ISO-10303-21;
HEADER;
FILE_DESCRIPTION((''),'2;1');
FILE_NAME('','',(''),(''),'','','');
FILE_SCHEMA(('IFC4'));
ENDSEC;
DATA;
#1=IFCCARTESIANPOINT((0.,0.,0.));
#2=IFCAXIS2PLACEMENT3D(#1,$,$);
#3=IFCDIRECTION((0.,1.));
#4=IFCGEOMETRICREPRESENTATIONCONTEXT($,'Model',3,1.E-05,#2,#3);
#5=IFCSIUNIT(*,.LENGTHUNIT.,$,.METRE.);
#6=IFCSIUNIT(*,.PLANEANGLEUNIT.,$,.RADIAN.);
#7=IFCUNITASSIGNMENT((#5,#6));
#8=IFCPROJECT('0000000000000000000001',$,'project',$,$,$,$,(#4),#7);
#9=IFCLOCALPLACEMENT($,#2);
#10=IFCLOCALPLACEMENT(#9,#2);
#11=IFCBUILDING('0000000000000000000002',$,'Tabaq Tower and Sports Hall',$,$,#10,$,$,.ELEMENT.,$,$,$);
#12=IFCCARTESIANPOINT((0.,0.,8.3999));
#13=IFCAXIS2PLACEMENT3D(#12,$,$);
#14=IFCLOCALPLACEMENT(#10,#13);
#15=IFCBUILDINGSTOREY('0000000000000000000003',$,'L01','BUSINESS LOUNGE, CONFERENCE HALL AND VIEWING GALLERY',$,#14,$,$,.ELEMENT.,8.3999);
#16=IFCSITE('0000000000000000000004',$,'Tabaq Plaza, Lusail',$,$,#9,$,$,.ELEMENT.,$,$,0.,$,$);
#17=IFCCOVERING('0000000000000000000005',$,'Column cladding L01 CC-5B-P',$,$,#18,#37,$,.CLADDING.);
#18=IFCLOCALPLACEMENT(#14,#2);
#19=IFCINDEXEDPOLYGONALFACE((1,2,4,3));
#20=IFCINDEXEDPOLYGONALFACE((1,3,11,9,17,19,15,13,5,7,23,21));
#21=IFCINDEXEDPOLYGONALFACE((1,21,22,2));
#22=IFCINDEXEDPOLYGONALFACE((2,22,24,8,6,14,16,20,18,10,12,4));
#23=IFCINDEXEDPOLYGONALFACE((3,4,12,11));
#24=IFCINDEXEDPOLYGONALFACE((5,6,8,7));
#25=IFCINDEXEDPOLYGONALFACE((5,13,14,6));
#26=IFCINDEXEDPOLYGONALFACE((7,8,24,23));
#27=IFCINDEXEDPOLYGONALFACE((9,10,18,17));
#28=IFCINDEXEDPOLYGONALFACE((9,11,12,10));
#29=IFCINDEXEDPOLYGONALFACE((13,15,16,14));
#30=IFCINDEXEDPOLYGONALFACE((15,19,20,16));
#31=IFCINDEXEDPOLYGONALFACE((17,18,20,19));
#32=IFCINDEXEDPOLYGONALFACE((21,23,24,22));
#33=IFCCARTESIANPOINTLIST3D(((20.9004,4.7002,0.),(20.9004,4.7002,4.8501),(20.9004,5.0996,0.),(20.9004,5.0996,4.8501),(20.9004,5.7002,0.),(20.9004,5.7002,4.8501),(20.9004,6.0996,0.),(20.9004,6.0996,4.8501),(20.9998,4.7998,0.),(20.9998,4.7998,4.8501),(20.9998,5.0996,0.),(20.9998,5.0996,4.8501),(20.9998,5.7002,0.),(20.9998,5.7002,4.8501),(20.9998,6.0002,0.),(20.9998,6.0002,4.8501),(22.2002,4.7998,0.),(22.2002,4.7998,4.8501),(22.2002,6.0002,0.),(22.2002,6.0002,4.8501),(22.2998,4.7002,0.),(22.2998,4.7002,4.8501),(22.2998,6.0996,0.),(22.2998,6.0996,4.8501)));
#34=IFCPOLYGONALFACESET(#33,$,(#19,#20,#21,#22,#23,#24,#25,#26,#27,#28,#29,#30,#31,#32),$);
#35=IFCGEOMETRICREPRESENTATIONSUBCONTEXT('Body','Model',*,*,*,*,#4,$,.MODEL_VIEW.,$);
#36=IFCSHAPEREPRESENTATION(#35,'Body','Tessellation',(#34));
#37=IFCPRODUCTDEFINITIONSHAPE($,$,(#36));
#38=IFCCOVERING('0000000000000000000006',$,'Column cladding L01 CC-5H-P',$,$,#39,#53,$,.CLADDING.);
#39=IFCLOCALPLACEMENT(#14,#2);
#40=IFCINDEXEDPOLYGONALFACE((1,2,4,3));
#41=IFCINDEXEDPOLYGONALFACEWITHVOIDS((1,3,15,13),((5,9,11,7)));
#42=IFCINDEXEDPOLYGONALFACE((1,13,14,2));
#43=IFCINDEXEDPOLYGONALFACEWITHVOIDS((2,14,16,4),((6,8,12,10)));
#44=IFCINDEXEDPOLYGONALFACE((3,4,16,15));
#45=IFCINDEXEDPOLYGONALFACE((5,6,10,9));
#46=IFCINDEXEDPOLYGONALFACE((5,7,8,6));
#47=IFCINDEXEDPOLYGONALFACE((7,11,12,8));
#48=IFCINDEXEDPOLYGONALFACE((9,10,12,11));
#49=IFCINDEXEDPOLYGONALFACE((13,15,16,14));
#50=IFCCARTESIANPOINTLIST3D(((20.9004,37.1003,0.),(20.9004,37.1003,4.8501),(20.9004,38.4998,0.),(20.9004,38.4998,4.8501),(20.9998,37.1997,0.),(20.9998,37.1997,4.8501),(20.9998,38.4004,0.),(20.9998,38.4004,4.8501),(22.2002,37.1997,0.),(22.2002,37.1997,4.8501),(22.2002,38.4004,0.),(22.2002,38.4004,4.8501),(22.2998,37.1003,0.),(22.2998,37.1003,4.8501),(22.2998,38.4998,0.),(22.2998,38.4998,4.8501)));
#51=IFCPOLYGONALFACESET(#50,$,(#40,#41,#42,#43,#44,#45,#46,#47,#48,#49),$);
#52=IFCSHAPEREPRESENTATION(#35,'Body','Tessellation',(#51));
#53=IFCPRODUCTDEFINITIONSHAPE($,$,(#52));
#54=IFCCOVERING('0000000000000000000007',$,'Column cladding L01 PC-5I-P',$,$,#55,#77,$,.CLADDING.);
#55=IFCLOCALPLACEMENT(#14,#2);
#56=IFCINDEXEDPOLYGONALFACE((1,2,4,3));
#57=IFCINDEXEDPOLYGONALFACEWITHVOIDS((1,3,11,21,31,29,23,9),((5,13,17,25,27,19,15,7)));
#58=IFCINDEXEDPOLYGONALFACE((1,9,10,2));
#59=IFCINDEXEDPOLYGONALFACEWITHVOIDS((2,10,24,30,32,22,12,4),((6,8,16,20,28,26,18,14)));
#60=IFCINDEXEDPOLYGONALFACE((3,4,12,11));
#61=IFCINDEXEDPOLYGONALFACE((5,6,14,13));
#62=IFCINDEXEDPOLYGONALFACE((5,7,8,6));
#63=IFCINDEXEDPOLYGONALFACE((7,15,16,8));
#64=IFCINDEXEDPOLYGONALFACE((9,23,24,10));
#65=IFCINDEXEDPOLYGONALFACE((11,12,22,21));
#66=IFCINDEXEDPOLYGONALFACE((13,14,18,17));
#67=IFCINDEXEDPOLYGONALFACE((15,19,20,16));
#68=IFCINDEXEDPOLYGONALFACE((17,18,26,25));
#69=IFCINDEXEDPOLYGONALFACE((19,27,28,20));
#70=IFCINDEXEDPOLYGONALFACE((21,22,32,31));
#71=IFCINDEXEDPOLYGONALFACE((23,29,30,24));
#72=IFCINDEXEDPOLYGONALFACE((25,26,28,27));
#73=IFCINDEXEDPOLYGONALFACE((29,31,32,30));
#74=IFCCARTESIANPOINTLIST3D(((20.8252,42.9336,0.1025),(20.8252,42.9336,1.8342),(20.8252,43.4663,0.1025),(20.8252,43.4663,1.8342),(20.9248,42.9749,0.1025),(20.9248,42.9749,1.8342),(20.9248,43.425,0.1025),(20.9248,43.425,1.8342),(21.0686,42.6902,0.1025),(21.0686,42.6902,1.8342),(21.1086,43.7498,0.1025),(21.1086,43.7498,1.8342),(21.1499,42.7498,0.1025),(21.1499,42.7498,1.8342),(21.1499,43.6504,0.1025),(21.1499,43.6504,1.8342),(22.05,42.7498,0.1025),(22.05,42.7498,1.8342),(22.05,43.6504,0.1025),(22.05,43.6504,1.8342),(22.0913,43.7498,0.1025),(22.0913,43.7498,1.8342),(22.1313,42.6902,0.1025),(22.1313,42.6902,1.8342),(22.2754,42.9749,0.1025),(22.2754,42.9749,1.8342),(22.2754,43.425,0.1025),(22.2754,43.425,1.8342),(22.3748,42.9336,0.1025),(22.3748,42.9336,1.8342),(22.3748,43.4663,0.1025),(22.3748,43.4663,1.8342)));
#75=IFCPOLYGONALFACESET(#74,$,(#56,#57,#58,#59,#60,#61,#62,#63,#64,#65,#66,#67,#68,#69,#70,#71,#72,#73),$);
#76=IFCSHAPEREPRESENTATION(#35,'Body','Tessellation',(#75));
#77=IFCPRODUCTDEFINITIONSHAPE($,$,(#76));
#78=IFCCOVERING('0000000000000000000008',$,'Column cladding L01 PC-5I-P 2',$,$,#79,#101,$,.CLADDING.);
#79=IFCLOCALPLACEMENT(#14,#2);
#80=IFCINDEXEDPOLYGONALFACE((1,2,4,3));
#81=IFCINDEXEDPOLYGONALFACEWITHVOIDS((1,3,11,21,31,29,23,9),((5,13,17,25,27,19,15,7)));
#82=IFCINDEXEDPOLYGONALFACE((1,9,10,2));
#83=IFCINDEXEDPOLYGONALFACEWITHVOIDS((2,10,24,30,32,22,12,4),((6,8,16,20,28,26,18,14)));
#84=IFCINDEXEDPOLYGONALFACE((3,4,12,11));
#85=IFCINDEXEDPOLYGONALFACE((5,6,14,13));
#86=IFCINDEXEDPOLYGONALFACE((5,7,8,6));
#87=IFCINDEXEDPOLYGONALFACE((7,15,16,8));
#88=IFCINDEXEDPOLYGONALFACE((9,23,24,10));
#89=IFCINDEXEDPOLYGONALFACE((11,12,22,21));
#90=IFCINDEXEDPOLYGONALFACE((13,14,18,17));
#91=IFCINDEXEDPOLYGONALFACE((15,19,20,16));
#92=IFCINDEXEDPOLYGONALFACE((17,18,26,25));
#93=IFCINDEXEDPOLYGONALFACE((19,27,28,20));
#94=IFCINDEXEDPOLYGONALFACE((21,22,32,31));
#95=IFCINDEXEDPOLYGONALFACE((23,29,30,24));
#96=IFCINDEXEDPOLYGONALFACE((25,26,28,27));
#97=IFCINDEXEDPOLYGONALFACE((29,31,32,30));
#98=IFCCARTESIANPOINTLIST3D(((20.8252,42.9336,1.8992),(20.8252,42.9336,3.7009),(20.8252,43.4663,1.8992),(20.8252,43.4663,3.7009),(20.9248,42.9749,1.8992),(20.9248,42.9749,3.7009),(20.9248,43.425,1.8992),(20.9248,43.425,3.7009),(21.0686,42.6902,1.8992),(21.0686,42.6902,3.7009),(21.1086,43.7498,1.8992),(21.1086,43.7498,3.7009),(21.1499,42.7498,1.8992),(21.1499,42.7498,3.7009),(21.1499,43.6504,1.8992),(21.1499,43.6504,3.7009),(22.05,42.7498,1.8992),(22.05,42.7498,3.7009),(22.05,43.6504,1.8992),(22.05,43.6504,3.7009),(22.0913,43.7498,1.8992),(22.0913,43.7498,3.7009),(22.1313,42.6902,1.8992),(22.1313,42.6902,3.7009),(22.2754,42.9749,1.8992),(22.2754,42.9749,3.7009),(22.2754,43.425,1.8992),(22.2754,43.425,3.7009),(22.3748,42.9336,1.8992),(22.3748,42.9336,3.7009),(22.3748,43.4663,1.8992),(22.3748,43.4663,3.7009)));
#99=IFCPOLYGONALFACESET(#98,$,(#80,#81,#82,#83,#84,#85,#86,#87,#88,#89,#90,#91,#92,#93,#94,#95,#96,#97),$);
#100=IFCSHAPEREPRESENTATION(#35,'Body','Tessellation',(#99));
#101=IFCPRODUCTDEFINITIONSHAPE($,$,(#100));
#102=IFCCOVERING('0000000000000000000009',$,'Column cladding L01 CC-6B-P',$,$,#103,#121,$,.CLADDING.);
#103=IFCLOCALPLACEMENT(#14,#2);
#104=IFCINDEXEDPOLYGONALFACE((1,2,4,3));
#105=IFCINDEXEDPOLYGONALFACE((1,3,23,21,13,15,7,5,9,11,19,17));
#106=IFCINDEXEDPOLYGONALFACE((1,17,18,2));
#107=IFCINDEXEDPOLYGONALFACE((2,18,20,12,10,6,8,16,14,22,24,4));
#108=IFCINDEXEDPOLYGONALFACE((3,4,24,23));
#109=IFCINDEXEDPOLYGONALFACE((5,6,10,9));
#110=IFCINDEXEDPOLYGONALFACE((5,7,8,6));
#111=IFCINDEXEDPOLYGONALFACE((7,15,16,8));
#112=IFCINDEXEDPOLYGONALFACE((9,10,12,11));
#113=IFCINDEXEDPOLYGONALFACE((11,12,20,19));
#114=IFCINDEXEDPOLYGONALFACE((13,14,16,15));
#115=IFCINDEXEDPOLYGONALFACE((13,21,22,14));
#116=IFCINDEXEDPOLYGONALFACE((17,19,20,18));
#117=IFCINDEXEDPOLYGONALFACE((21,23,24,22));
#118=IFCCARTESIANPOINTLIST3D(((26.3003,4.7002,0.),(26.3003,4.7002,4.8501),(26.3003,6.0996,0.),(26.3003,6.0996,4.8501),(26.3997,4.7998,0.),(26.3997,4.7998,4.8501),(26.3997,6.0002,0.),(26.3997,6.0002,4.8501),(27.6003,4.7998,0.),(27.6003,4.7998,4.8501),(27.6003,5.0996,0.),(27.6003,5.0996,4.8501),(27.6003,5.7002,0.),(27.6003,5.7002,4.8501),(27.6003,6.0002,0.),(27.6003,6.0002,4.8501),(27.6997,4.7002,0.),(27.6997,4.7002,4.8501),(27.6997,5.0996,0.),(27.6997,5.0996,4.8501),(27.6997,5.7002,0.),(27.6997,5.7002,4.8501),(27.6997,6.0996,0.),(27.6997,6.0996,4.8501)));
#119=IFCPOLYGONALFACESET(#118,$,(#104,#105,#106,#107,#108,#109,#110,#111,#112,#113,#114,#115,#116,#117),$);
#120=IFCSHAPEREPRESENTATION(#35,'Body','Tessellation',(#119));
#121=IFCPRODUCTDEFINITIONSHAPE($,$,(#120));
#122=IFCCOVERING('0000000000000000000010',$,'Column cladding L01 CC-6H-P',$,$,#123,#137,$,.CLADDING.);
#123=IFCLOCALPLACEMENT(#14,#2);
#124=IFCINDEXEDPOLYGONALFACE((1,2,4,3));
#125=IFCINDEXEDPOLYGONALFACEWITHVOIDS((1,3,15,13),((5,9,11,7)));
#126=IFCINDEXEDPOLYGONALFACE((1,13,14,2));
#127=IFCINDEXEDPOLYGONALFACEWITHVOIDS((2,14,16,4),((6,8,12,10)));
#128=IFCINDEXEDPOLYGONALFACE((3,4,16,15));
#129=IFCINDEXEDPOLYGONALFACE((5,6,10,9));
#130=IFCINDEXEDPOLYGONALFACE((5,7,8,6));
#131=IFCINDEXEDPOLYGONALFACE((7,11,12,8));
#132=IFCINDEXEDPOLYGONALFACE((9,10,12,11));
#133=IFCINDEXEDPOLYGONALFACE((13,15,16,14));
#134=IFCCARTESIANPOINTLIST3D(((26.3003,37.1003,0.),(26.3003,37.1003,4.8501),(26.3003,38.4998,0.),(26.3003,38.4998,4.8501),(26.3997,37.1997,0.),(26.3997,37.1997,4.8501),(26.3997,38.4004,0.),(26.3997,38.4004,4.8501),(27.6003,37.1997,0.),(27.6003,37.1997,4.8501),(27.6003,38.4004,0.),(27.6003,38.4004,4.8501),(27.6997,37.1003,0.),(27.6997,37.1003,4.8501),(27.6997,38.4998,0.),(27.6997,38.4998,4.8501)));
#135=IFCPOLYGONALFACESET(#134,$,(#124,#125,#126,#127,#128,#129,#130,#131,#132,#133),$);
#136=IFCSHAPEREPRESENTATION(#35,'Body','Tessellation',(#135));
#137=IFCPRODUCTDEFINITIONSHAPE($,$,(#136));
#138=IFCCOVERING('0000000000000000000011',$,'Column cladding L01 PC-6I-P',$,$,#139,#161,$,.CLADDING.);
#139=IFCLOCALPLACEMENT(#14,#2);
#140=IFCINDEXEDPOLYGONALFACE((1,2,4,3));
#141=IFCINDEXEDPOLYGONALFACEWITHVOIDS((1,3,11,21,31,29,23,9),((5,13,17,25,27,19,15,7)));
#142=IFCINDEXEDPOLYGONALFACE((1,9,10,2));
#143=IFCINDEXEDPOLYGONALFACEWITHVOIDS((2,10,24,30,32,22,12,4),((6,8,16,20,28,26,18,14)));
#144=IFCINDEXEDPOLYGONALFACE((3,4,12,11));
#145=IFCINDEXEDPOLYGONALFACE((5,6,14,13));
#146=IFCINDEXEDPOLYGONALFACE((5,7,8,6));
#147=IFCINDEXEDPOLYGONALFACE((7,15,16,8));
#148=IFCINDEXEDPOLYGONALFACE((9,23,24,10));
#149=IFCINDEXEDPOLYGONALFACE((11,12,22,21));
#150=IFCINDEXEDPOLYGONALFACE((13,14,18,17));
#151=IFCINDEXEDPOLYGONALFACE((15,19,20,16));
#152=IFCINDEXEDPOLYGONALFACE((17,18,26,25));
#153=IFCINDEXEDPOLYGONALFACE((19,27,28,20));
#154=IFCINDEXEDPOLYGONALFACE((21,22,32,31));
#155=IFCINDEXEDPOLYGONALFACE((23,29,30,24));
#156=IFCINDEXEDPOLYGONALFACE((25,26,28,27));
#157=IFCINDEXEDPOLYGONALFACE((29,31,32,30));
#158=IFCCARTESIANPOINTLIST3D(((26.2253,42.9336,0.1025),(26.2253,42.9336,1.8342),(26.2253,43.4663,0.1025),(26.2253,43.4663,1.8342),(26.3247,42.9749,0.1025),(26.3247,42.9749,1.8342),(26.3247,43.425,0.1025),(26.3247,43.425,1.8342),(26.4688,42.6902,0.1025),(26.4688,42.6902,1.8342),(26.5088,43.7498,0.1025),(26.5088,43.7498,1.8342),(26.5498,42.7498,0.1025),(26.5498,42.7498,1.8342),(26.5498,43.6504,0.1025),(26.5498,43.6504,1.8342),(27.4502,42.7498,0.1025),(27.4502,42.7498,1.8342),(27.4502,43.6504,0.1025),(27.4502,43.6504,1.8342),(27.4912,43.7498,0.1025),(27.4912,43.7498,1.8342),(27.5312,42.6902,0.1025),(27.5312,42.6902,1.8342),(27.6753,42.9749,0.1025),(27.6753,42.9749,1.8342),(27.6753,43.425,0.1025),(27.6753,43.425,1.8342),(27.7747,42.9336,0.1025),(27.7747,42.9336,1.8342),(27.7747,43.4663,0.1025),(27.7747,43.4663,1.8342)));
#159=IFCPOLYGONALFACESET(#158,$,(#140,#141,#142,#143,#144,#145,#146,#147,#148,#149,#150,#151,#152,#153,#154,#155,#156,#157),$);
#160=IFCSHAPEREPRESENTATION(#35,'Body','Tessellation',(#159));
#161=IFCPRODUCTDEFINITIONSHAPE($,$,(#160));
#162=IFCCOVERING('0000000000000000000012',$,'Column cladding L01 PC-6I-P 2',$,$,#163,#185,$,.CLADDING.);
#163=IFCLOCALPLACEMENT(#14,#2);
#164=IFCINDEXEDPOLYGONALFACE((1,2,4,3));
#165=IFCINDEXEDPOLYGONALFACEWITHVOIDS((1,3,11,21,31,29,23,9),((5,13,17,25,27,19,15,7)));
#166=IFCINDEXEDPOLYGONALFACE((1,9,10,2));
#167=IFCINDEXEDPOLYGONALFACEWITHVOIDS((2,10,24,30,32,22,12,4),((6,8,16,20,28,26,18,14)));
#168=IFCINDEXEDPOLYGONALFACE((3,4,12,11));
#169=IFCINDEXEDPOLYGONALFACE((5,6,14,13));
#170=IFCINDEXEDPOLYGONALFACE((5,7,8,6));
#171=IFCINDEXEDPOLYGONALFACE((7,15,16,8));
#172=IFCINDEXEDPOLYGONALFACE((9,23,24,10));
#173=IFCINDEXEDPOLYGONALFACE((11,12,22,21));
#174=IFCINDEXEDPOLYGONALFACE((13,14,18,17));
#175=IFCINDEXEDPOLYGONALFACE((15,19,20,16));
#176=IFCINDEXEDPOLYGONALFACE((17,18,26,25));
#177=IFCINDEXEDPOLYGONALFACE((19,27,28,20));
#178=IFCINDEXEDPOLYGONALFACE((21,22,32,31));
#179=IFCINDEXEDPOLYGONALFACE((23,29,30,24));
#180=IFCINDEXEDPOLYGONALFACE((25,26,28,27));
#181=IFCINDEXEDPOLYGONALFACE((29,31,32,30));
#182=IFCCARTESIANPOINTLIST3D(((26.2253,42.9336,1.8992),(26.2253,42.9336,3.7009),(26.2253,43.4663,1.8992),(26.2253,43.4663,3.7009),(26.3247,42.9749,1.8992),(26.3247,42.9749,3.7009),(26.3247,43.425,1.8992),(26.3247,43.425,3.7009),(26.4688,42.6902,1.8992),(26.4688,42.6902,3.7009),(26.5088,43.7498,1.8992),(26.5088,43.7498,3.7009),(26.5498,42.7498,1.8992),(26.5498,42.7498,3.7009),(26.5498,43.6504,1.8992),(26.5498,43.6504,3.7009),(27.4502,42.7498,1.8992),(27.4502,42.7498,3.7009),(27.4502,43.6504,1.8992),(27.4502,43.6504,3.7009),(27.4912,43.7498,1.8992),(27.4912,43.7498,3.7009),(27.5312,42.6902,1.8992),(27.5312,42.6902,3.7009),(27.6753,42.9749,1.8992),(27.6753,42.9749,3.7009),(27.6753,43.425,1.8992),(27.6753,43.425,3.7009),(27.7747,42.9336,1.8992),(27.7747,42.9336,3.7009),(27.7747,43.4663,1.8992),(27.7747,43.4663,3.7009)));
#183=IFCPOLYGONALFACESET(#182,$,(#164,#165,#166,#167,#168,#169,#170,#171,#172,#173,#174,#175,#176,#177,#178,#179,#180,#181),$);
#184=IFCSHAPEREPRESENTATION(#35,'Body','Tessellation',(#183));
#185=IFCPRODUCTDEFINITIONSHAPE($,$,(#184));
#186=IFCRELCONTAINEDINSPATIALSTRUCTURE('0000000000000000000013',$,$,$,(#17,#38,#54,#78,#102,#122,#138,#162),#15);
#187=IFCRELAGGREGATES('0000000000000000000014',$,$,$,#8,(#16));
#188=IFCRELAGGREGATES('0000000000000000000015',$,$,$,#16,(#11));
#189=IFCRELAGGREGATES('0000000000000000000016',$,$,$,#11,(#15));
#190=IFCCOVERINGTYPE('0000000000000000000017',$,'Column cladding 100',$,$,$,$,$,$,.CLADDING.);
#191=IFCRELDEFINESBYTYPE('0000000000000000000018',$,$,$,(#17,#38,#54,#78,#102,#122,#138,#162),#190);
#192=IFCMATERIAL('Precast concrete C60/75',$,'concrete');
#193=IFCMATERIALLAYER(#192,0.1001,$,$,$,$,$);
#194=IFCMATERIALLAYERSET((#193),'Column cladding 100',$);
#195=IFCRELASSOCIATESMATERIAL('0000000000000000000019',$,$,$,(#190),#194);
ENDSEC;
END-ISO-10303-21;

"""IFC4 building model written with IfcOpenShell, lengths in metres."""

from ifc_helpers import new_model, si_unit, direction, frame, origin, place, context, subcontext, project, spatial, polyline, outline, extrude, material, layer, layer_set, type_object, element, save


model = new_model("IFC4")

# Units and contexts
model_context = context("Model", 3, precision=1e-05, world=origin(), true_north=direction((0.0, 1.0)))
body_context = subcontext(model_context, "Body", "Model", "MODEL_VIEW")
ifc_project = project(units=[si_unit("LENGTHUNIT", "METRE"), si_unit("PLANEANGLEUNIT", "RADIAN")], contexts=[model_context])

# Site, building, storey
site_placement = place(None, origin())
site = spatial("IfcSite", under=ifc_project, at=site_placement, Name="Tabaq Plaza, Lusail", CompositionType="ELEMENT", RefElevation=0.0)
building_placement = place(site_placement, origin())
building = spatial("IfcBuilding", under=site, at=building_placement, Name="Tabaq Tower and Sports Hall", CompositionType="ELEMENT")
storey_placement = place(building_placement, frame((0.0, 0.0, 8.3999)))
storey = spatial("IfcBuildingStorey", under=building, at=storey_placement, Name="L01", Description="BUSINESS LOUNGE, CONFERENCE HALL AND VIEWING GALLERY", CompositionType="ELEMENT", Elevation=8.3999)

# Coverings
ifc_material_1 = material(Name="Precast concrete C60/75", Category="concrete")
ifc_layer_1 = layer(ifc_material_1, 0.1001)
ifc_layer_set_1 = layer_set([ifc_layer_1], Name="Column cladding 100")
covering_type = type_object("IfcCoveringType", Name="Column cladding 100", PredefinedType="CLADDING", material=ifc_layer_set_1)
covering_1_placement = place(storey_placement, origin())
element("IfcCovering", 1, at=covering_1_placement, inside=storey, type_object=covering_type, Name="Column cladding L01 CC-5B-P", PredefinedType="CLADDING", context=body_context, shape_type="SweptSolid", body=[
    extrude(outline(polyline([(22.2998, 6.0996), (22.2998, 4.7002), (20.9004, 4.7002), (20.9004, 5.0996), (20.9998, 5.0996), (20.9998, 4.7998), (22.2002, 4.7998), (22.2002, 6.0002), (20.9998, 6.0002), (20.9998, 5.7002), (20.9004, 5.7002), (20.9004, 6.0996), (22.2998, 6.0996)])), origin(), (0.0, 0.0, 1.0), 4.8501),
])
covering_2_placement = place(storey_placement, origin())
element("IfcCovering", 2, at=covering_2_placement, inside=storey, type_object=covering_type, Name="Column cladding L01 CC-5H-P", PredefinedType="CLADDING", context=body_context, shape_type="SweptSolid", body=[
    extrude(outline(polyline([(20.9004, 38.4998), (22.2998, 38.4998), (22.2998, 37.1003), (20.9004, 37.1003), (20.9004, 38.4998)]), holes=[polyline([(22.2002, 37.1997), (22.2002, 38.4004), (20.9998, 38.4004), (20.9998, 37.1997), (22.2002, 37.1997)])]), origin(), (0.0, 0.0, 1.0), 4.8501),
])
covering_3_placement = place(storey_placement, frame((0.0, 0.0, 0.1025)))
element("IfcCovering", 3, at=covering_3_placement, inside=storey, type_object=covering_type, Name="Column cladding L01 PC-5I-P", PredefinedType="CLADDING", context=body_context, shape_type="SweptSolid", body=[
    extrude(outline(polyline([(20.8252, 43.4663), (21.1086, 43.7498), (22.0913, 43.7498), (22.3748, 43.4663), (22.3748, 42.9336), (22.1313, 42.6902), (21.0686, 42.6902), (20.8252, 42.9336), (20.8252, 43.4663)]), holes=[polyline([(22.2754, 42.9749), (22.2754, 43.425), (22.05, 43.6504), (21.1499, 43.6504), (20.9248, 43.425), (20.9248, 42.9749), (21.1499, 42.7498), (22.05, 42.7498), (22.2754, 42.9749)])]), origin(), (0.0, 0.0, 1.0), 1.7317),
])
covering_4_placement = place(storey_placement, frame((0.0, 0.0, 1.8992)))
element("IfcCovering", 4, at=covering_4_placement, inside=storey, type_object=covering_type, Name="Column cladding L01 PC-5I-P 2", PredefinedType="CLADDING", context=body_context, shape_type="SweptSolid", body=[
    extrude(outline(polyline([(20.8252, 43.4663), (21.1086, 43.7498), (22.0913, 43.7498), (22.3748, 43.4663), (22.3748, 42.9336), (22.1313, 42.6902), (21.0686, 42.6902), (20.8252, 42.9336), (20.8252, 43.4663)]), holes=[polyline([(22.2754, 42.9749), (22.2754, 43.425), (22.05, 43.6504), (21.1499, 43.6504), (20.9248, 43.425), (20.9248, 42.9749), (21.1499, 42.7498), (22.05, 42.7498), (22.2754, 42.9749)])]), origin(), (0.0, 0.0, 1.0), 1.8018),
])
covering_5_placement = place(storey_placement, origin())
element("IfcCovering", 5, at=covering_5_placement, inside=storey, type_object=covering_type, Name="Column cladding L01 CC-6B-P", PredefinedType="CLADDING", context=body_context, shape_type="SweptSolid", body=[
    extrude(outline(polyline([(27.6997, 6.0996), (27.6997, 5.7002), (27.6003, 5.7002), (27.6003, 6.0002), (26.3997, 6.0002), (26.3997, 4.7998), (27.6003, 4.7998), (27.6003, 5.0996), (27.6997, 5.0996), (27.6997, 4.7002), (26.3003, 4.7002), (26.3003, 6.0996), (27.6997, 6.0996)])), origin(), (0.0, 0.0, 1.0), 4.8501),
])
covering_6_placement = place(storey_placement, origin())
element("IfcCovering", 6, at=covering_6_placement, inside=storey, type_object=covering_type, Name="Column cladding L01 CC-6H-P", PredefinedType="CLADDING", context=body_context, shape_type="SweptSolid", body=[
    extrude(outline(polyline([(26.3003, 38.4998), (27.6997, 38.4998), (27.6997, 37.1003), (26.3003, 37.1003), (26.3003, 38.4998)]), holes=[polyline([(27.6003, 37.1997), (27.6003, 38.4004), (26.3997, 38.4004), (26.3997, 37.1997), (27.6003, 37.1997)])]), origin(), (0.0, 0.0, 1.0), 4.8501),
])
covering_7_placement = place(storey_placement, frame((0.0, 0.0, 0.1025)))
element("IfcCovering", 7, at=covering_7_placement, inside=storey, type_object=covering_type, Name="Column cladding L01 PC-6I-P", PredefinedType="CLADDING", context=body_context, shape_type="SweptSolid", body=[
    extrude(outline(polyline([(26.2253, 43.4663), (26.5088, 43.7498), (27.4912, 43.7498), (27.7747, 43.4663), (27.7747, 42.9336), (27.5312, 42.6902), (26.4688, 42.6902), (26.2253, 42.9336), (26.2253, 43.4663)]), holes=[polyline([(27.6753, 42.9749), (27.6753, 43.425), (27.4502, 43.6504), (26.5498, 43.6504), (26.3247, 43.425), (26.3247, 42.9749), (26.5498, 42.7498), (27.4502, 42.7498), (27.6753, 42.9749)])]), origin(), (0.0, 0.0, 1.0), 1.7317),
])
covering_8_placement = place(storey_placement, frame((0.0, 0.0, 1.8992)))
element("IfcCovering", 8, at=covering_8_placement, inside=storey, type_object=covering_type, Name="Column cladding L01 PC-6I-P 2", PredefinedType="CLADDING", context=body_context, shape_type="SweptSolid", body=[
    extrude(outline(polyline([(26.2253, 43.4663), (26.5088, 43.7498), (27.4912, 43.7498), (27.7747, 43.4663), (27.7747, 42.9336), (27.5312, 42.6902), (26.4688, 42.6902), (26.2253, 42.9336), (26.2253, 43.4663)]), holes=[polyline([(27.6753, 42.9749), (27.6753, 43.425), (27.4502, 43.6504), (26.5498, 43.6504), (26.3247, 43.425), (26.3247, 42.9749), (26.5498, 42.7498), (27.4502, 42.7498), (27.6753, 42.9749)])]), origin(), (0.0, 0.0, 1.0), 1.8018),
])

save(model, "model.ifc")
